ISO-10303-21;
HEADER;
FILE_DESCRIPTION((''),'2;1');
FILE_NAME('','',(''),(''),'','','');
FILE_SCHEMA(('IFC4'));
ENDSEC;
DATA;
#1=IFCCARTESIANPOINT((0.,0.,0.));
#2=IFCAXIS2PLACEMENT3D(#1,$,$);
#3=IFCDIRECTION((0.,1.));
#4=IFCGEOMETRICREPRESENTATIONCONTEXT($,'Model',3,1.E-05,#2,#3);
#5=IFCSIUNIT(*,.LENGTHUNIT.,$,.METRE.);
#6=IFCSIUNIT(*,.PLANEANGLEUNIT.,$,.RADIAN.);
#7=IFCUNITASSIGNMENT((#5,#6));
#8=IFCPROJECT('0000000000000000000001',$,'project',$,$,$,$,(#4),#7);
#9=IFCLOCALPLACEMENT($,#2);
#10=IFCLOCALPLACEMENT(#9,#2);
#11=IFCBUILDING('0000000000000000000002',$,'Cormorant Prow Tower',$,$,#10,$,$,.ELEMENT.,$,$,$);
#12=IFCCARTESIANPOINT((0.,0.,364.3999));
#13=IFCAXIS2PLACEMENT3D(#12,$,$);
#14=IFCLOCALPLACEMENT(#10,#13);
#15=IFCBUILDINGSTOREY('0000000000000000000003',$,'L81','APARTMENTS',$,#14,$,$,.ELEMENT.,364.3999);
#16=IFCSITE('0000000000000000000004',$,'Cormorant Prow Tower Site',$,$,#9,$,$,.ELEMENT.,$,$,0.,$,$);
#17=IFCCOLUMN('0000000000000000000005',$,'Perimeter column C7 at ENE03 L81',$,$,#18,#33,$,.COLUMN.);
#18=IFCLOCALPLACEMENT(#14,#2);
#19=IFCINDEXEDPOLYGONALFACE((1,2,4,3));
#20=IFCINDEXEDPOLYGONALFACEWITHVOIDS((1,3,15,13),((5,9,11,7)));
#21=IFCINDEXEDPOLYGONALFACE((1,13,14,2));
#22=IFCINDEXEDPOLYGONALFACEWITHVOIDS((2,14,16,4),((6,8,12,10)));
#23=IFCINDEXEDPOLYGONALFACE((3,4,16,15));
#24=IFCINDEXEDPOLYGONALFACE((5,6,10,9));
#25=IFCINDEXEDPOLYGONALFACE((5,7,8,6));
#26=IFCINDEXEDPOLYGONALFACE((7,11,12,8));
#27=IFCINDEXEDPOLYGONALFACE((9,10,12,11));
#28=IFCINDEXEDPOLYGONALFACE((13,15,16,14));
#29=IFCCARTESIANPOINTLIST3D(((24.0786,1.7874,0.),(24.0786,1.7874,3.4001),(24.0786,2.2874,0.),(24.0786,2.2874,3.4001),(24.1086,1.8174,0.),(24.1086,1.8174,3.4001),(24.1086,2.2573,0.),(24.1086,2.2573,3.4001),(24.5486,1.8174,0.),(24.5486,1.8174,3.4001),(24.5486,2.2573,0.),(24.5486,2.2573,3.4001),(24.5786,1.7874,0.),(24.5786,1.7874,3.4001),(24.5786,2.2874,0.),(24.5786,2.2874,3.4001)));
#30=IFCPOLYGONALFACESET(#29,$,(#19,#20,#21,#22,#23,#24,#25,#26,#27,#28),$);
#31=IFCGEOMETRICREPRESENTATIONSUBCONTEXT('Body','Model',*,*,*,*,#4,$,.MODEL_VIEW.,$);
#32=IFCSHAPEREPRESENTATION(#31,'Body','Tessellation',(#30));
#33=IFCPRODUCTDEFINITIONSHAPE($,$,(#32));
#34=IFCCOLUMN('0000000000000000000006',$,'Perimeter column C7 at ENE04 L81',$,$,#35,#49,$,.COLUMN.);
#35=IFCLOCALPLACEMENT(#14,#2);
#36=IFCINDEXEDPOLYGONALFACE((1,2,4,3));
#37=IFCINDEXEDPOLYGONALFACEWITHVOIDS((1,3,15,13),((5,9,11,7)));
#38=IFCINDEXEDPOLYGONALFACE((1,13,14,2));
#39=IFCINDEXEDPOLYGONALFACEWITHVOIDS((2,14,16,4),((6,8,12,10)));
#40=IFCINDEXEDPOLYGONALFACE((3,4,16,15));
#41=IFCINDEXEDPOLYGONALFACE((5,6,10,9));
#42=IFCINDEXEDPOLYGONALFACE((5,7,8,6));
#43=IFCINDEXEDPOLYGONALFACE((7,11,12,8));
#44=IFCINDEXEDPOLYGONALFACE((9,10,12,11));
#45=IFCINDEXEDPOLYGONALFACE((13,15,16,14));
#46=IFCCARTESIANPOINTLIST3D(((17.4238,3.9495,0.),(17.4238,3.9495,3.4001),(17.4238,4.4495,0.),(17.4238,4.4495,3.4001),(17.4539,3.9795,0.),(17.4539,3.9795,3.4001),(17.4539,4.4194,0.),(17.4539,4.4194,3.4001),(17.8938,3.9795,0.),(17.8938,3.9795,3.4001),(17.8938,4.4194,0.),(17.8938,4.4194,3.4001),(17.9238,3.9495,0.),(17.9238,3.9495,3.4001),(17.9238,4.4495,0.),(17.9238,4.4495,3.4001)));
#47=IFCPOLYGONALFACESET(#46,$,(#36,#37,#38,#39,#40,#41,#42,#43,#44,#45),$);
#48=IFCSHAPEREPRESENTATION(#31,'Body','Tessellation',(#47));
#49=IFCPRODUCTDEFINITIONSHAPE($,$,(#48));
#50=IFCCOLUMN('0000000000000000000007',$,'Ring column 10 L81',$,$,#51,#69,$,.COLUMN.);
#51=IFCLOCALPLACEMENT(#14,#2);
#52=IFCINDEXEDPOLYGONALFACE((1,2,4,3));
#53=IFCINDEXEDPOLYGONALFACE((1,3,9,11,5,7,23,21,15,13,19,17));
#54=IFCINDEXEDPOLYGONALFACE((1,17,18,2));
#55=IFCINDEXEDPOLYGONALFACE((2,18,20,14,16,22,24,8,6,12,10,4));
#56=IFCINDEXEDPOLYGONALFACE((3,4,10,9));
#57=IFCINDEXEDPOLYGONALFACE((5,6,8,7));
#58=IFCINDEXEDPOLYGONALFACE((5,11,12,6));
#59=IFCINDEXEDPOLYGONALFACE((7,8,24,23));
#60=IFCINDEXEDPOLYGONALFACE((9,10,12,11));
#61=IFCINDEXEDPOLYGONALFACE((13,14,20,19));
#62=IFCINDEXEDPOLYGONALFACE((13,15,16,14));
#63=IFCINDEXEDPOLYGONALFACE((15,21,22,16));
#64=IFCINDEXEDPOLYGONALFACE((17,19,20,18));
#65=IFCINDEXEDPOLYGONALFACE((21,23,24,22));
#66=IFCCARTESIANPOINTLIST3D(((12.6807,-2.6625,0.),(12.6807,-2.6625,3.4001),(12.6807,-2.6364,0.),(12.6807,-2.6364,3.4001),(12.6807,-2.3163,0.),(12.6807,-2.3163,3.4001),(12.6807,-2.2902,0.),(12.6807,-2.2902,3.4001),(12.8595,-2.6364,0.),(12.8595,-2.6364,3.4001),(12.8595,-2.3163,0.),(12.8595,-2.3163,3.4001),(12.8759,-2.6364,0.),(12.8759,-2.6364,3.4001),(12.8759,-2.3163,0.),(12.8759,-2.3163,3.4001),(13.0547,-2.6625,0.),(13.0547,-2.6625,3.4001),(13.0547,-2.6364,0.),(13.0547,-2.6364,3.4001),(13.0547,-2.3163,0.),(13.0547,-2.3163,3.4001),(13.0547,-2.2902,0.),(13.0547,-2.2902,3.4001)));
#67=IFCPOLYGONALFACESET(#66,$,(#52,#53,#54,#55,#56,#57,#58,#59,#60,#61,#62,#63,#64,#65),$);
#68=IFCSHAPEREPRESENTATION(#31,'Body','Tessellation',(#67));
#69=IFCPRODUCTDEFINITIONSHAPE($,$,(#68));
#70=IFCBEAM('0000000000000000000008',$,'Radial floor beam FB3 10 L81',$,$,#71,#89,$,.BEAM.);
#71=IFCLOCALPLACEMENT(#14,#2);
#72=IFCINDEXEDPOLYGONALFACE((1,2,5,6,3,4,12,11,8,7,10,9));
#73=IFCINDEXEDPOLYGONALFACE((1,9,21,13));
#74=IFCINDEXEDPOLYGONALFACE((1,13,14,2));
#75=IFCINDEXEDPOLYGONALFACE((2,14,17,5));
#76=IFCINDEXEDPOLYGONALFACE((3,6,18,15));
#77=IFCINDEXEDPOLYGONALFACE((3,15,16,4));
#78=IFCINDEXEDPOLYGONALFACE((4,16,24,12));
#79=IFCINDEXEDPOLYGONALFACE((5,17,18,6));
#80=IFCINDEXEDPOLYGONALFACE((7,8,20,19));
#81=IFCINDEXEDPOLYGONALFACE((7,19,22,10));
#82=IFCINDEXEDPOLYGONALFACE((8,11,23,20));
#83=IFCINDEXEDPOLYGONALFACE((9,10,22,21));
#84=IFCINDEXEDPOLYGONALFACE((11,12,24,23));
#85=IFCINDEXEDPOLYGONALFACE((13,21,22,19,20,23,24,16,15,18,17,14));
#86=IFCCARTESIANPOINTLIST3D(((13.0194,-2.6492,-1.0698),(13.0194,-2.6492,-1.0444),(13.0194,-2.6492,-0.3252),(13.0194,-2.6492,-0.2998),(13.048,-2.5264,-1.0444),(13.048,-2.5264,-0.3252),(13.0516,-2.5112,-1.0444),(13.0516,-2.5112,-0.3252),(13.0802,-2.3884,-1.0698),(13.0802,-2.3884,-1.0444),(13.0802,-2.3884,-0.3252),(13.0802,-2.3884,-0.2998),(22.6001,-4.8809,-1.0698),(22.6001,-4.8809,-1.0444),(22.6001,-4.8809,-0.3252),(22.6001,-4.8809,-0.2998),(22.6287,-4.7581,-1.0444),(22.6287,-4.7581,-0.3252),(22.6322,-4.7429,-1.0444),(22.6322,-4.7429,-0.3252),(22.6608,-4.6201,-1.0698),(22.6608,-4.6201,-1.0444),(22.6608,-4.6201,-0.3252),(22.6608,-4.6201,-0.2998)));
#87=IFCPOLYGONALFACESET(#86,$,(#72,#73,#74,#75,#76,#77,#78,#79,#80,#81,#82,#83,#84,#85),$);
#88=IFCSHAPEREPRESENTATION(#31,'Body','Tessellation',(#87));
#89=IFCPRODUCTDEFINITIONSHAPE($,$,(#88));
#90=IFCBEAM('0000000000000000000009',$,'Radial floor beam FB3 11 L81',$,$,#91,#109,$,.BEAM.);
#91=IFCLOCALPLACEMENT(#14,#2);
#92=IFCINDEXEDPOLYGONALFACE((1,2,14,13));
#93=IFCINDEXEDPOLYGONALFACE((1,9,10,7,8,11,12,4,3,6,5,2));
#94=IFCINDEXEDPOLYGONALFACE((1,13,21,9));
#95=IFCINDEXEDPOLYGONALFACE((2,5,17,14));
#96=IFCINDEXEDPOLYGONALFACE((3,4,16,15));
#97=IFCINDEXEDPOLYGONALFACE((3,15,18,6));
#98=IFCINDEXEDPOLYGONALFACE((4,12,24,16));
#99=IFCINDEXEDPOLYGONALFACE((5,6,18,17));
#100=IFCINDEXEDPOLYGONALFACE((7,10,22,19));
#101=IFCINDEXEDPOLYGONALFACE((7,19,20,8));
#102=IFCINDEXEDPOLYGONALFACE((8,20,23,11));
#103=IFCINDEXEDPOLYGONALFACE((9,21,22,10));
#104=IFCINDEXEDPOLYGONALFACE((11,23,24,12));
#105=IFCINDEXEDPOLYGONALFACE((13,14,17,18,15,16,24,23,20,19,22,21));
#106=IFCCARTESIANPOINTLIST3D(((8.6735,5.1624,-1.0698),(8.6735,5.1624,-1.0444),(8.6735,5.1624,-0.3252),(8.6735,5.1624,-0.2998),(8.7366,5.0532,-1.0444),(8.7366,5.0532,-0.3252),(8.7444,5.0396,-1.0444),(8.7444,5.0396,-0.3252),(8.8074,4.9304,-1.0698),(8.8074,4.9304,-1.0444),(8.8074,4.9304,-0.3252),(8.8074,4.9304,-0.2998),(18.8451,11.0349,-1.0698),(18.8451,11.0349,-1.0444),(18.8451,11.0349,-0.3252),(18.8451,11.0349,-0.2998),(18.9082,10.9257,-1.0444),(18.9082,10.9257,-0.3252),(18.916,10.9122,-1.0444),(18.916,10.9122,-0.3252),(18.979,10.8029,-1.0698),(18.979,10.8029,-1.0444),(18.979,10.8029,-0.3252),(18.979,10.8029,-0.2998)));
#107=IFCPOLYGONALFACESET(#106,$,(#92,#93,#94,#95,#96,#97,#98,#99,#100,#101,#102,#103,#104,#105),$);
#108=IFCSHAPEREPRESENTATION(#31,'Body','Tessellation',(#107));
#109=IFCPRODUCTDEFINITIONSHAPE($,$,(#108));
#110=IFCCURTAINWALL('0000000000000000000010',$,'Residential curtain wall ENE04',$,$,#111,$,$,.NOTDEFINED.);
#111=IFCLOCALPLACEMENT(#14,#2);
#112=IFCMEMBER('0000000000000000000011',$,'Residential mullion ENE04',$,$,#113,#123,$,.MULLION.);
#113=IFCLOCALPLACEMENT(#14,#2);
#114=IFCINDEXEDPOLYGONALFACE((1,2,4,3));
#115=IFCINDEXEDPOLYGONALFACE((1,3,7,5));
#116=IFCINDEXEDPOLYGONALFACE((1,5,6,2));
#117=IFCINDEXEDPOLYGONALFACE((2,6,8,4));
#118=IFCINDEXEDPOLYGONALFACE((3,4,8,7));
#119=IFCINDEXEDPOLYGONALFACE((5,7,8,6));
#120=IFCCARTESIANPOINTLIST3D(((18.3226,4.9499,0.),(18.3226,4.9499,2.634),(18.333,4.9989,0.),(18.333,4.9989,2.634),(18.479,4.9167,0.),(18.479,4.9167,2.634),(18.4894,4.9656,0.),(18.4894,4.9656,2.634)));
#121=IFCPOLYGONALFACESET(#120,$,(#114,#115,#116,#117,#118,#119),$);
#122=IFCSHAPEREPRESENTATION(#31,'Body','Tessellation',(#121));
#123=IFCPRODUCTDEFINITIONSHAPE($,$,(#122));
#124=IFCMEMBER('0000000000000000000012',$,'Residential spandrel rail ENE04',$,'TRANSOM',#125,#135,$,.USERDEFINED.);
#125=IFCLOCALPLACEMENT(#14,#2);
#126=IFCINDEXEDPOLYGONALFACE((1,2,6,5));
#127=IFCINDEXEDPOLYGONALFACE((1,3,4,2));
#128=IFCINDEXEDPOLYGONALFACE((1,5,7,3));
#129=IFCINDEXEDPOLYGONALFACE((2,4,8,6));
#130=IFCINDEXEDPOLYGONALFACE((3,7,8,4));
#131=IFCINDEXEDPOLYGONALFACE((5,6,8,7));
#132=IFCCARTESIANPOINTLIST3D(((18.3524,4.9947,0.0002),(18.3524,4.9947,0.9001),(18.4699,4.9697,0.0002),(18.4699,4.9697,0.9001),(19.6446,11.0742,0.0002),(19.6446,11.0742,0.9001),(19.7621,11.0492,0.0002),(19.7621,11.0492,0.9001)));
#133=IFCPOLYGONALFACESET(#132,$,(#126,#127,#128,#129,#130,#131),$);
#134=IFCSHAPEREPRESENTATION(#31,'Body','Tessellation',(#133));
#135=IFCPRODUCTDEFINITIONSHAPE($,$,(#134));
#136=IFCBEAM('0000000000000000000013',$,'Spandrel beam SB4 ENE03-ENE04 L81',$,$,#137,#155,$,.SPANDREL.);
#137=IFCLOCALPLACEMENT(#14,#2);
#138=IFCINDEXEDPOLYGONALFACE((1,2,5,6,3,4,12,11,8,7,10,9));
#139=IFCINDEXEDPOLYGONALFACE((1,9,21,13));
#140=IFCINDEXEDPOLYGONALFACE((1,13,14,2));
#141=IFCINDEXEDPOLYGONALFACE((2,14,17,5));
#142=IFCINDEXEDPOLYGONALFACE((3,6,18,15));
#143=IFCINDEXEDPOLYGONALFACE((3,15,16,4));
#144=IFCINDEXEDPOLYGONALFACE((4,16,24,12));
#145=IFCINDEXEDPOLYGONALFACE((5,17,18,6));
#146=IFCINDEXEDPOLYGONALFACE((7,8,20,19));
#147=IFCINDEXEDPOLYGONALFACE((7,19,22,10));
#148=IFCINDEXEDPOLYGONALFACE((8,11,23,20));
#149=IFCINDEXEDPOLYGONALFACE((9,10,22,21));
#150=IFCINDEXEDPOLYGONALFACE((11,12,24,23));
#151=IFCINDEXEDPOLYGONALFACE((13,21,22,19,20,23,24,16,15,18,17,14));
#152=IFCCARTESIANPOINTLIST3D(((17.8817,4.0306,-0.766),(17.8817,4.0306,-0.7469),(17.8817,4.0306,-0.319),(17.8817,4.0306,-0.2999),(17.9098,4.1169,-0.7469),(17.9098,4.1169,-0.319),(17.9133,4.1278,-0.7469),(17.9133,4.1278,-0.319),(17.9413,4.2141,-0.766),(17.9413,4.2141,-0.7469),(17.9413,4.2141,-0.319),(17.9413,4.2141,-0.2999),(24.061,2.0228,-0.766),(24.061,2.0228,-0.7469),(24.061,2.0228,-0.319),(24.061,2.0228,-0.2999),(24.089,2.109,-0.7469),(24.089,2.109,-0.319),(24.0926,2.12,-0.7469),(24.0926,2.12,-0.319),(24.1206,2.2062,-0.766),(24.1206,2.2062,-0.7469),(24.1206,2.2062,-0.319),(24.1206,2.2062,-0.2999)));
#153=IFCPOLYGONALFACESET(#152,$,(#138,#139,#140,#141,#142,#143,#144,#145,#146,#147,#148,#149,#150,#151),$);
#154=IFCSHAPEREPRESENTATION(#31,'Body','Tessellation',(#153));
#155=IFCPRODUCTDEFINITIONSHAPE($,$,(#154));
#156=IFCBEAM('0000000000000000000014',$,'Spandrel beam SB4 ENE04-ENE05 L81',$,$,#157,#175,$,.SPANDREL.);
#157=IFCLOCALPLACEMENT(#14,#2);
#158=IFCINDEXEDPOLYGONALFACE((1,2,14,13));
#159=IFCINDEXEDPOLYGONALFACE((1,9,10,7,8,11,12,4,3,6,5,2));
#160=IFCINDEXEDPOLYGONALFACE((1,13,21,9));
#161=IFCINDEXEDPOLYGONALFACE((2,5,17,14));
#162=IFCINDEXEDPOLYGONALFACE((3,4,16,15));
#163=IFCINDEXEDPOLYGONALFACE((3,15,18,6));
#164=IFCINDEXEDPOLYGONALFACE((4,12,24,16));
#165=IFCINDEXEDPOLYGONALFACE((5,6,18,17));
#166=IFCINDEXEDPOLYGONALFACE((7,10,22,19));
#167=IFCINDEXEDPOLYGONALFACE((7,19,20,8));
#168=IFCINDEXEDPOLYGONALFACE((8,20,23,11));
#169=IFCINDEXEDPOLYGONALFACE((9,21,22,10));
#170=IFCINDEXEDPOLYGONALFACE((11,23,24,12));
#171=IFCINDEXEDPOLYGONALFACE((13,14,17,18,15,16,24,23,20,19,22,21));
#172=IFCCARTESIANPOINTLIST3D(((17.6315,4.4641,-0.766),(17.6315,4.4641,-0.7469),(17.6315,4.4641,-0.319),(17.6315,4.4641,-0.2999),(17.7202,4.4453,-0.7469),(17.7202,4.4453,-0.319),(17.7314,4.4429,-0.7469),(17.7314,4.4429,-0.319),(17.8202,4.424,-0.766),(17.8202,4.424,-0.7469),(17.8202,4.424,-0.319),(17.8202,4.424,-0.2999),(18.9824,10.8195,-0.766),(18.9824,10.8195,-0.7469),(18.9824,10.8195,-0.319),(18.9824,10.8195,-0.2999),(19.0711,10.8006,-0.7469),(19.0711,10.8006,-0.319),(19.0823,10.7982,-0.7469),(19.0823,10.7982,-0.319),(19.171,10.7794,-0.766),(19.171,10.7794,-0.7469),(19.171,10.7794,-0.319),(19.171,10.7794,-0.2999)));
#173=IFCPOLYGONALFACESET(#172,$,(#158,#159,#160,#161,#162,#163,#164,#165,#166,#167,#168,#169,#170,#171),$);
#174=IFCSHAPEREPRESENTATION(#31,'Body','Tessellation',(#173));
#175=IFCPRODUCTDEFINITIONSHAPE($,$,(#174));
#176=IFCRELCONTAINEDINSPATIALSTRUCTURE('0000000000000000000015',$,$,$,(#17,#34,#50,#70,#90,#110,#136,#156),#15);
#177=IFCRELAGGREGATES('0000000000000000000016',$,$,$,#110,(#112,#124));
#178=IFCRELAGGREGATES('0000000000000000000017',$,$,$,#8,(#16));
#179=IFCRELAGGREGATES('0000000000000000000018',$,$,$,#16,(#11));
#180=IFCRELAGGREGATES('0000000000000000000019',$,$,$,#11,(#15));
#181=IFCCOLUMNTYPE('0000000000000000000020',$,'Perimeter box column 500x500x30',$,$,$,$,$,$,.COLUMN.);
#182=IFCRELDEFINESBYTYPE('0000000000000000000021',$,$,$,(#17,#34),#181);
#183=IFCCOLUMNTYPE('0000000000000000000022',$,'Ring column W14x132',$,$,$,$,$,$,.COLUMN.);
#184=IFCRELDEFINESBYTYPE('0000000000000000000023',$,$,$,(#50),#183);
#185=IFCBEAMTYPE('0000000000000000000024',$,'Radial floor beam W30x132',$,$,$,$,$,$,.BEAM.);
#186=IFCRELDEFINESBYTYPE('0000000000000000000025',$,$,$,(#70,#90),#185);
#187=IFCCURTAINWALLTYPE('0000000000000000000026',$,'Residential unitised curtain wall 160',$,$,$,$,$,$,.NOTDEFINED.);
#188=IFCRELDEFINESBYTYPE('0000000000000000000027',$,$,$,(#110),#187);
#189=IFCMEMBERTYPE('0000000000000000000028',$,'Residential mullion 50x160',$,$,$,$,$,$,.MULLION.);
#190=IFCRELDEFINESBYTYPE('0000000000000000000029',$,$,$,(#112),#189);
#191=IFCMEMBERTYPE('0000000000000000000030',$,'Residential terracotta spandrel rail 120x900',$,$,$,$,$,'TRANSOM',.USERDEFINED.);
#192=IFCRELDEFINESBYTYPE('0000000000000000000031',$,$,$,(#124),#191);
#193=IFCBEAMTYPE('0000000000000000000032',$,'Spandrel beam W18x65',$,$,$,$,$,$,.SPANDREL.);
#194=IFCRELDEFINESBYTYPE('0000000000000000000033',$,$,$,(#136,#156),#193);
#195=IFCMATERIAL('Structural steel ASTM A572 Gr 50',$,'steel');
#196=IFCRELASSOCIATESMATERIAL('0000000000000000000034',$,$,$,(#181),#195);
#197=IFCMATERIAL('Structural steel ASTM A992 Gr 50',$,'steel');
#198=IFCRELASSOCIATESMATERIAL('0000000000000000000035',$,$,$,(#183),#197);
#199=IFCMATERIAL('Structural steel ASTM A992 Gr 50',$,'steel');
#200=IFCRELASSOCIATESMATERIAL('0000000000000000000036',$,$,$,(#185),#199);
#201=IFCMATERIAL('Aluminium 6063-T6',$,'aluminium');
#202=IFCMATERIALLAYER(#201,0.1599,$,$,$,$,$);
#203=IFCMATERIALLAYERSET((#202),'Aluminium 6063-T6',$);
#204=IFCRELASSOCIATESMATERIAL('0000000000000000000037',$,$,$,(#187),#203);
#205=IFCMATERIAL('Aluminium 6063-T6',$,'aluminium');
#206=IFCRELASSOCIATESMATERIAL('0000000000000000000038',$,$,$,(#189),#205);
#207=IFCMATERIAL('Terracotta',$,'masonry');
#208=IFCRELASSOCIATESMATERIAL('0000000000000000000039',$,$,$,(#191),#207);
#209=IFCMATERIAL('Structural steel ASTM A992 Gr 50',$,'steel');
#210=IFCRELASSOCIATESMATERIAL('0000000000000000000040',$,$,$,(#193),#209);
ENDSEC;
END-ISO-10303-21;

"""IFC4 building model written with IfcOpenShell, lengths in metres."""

from ifc_helpers import new_model, si_unit, direction, frame, origin, origin_2d, place, context, subcontext, project, spatial, rectangle, hollow_rectangle, i_section, extrude, material, layer, layer_set, material_profile, profile_set, type_object, element, aggregate, save


model = new_model("IFC4")

# Units and contexts
model_context = context("Model", 3, precision=1e-05, world=origin(), true_north=direction((0.0, 1.0)))
body_context = subcontext(model_context, "Body", "Model", "MODEL_VIEW")
ifc_project = project(units=[si_unit("LENGTHUNIT", "METRE"), si_unit("PLANEANGLEUNIT", "RADIAN")], contexts=[model_context])

# Site, building, storey
site_placement = place(None, origin())
site = spatial("IfcSite", under=ifc_project, at=site_placement, Name="Cormorant Prow Tower Site", CompositionType="ELEMENT", RefElevation=0.0)
building_placement = place(site_placement, origin())
building = spatial("IfcBuilding", under=site, at=building_placement, Name="Cormorant Prow Tower", CompositionType="ELEMENT")
storey_placement = place(building_placement, frame((0.0, 0.0, 364.3999)))
storey = spatial("IfcBuildingStorey", under=building, at=storey_placement, Name="L81", Description="APARTMENTS", CompositionType="ELEMENT", Elevation=364.3999)

# Columns
ifc_material_1 = material(Name="Structural steel ASTM A572 Gr 50", Category="steel")
ifc_material_profile_1 = material_profile(ifc_material_1, hollow_rectangle(XDim=0.5, YDim=0.5, WallThickness=0.03, at=origin_2d()), Name="Box 500x500x30")
ifc_profile_set_1 = profile_set([ifc_material_profile_1], Name="Structural steel ASTM A572 Gr 50")
column_type_1 = type_object("IfcColumnType", Name="Perimeter box column 500x500x30", PredefinedType="COLUMN", material=ifc_profile_set_1)
for number, where, z_axis, x_axis, name in (
    (1, (24.3286, 2.0374, 0.0), (0.0, 0.0, 1.0), (1.0, 0.0, 0.0), "Perimeter column C7 at ENE03 L81"),
    (2, (17.6738, 4.1995, 0.0), (0.0, 0.0, 1.0), (1.0, 0.0, 0.0), "Perimeter column C7 at ENE04 L81"),
):
    element("IfcColumn", number, at=place(storey_placement, frame(where, z_axis=z_axis, x_axis=x_axis)), inside=storey, type_object=column_type_1, Name=name, PredefinedType="COLUMN", context=body_context, shape_type="SweptSolid", body=[
        extrude(hollow_rectangle(XDim=0.5, YDim=0.5, WallThickness=0.03, at=origin_2d()), origin(), (0.0, 0.0, 1.0), 3.4001),
    ])
ifc_material_2 = material(Name="Structural steel ASTM A992 Gr 50", Category="steel")
ifc_material_profile_2 = material_profile(ifc_material_2, i_section(OverallWidth=0.374, OverallDepth=0.3723, WebThickness=0.0164, FlangeThickness=0.0261, at=origin_2d()), Name="W14x132")
ifc_profile_set_2 = profile_set([ifc_material_profile_2], Name="Structural steel ASTM A992 Gr 50")
column_type_2 = type_object("IfcColumnType", Name="Ring column W14x132", PredefinedType="COLUMN", material=ifc_profile_set_2)
column_placement = place(storey_placement, frame((12.8677, -2.4763, 0.0), z_axis=(0.0, 0.0, 1.0), x_axis=(1.0, 0.0, 0.0)))
element("IfcColumn", 3, at=column_placement, inside=storey, type_object=column_type_2, Name="Ring column 10 L81", PredefinedType="COLUMN", context=body_context, shape_type="SweptSolid", body=[
    extrude(i_section(OverallWidth=0.374, OverallDepth=0.3723, WebThickness=0.0164, FlangeThickness=0.0261, at=origin_2d()), origin(), (0.0, 0.0, 1.0), 3.4001),
])

# Beams
ifc_material_3 = material(Name="Structural steel ASTM A992 Gr 50", Category="steel")
ifc_material_profile_3 = material_profile(ifc_material_3, i_section(OverallWidth=0.2678, OverallDepth=0.77, WebThickness=0.0156, FlangeThickness=0.0254, at=origin_2d()), Name="W30x132")
ifc_profile_set_3 = profile_set([ifc_material_profile_3], Name="Structural steel ASTM A992 Gr 50")
beam_type_1 = type_object("IfcBeamType", Name="Radial floor beam W30x132", PredefinedType="BEAM", material=ifc_profile_set_3)
beam_1_placement = place(storey_placement, frame((13.0498, -2.5188, -0.6848), z_axis=(0.973926, -0.226866, 0.0), x_axis=(0.226866, 0.973926, 0.0)))
element("IfcBeam", 4, at=beam_1_placement, inside=storey, type_object=beam_type_1, Name="Radial floor beam FB3 10 L81", PredefinedType="BEAM", context=body_context, shape_type="SweptSolid", body=[
    extrude(i_section(OverallWidth=0.2678, OverallDepth=0.77, WebThickness=0.0156, FlangeThickness=0.0254, at=origin_2d()), origin(), (0.0, 0.0, 1.0), 9.8372),
])
beam_2_placement = place(storey_placement, frame((8.7405, 5.0464, -0.6848), z_axis=(0.866027, 0.499998, 0.0), x_axis=(-0.499998, 0.866027, 0.0)))
element("IfcBeam", 5, at=beam_2_placement, inside=storey, type_object=beam_type_1, Name="Radial floor beam FB3 11 L81", PredefinedType="BEAM", context=body_context, shape_type="SweptSolid", body=[
    extrude(i_section(OverallWidth=0.2678, OverallDepth=0.77, WebThickness=0.0156, FlangeThickness=0.0254, at=origin_2d()), origin(), (0.0, 0.0, 1.0), 11.7451),
])

# Curtain wall, members
ifc_material_4 = material(Name="Aluminium 6063-T6", Category="aluminium")
ifc_layer_1 = layer(ifc_material_4, 0.1599)
ifc_layer_set_1 = layer_set([ifc_layer_1], Name="Aluminium 6063-T6")
curtain_wall_type = type_object("IfcCurtainWallType", Name="Residential unitised curtain wall 160", PredefinedType="NOTDEFINED", material=ifc_layer_set_1)
curtain_wall_1_placement = place(storey_placement, origin())
curtain_wall_1 = element("IfcCurtainWall", 6, at=curtain_wall_1_placement, inside=storey, type_object=curtain_wall_type, Name="Residential curtain wall ENE04", PredefinedType="NOTDEFINED")
ifc_material_5 = material(Name="Aluminium 6063-T6", Category="aluminium")
ifc_material_profile_4 = material_profile(ifc_material_5, rectangle(XDim=0.1599, YDim=0.05, at=origin_2d()), Name="Residential mullion 50x160")
ifc_profile_set_4 = profile_set([ifc_material_profile_4], Name="Aluminium 6063-T6")
member_type_1 = type_object("IfcMemberType", Name="Residential mullion 50x160", PredefinedType="MULLION", material=ifc_profile_set_4)
member_1_placement = place(storey_placement, frame((18.406, 4.9578, 0.0), z_axis=(0.0, 0.0, 1.0), x_axis=(-0.978148, 0.207912, 0.0)))
member_1 = element("IfcMember", 7, at=member_1_placement, type_object=member_type_1, Name="Residential mullion ENE04", PredefinedType="MULLION", context=body_context, shape_type="SweptSolid", body=[
    extrude(rectangle(XDim=0.1599, YDim=0.05, at=origin_2d()), origin(), (0.0, 0.0, 1.0), 2.634),
])
ifc_material_6 = material(Name="Terracotta", Category="masonry")
ifc_material_profile_5 = material_profile(ifc_material_6, rectangle(XDim=0.1201, YDim=0.8999, at=origin_2d()), Name="Residential terracotta spandrel rail 120x900")
ifc_profile_set_5 = profile_set([ifc_material_profile_5], Name="Terracotta")
member_type_2 = type_object("IfcMemberType", Name="Residential terracotta spandrel rail 120x900", ElementType="TRANSOM", PredefinedType="USERDEFINED", material=ifc_profile_set_5)
member_2_placement = place(storey_placement, frame((18.4111, 4.9822, 0.4502), z_axis=(0.207909, 0.978148, 0.0), x_axis=(-0.978148, 0.207909, 0.0)))
member_2 = element("IfcMember", 8, at=member_2_placement, type_object=member_type_2, Name="Residential spandrel rail ENE04", ObjectType="TRANSOM", PredefinedType="USERDEFINED", context=body_context, shape_type="SweptSolid", body=[
    extrude(rectangle(XDim=0.1201, YDim=0.8999, at=origin_2d()), origin(), (0.0, 0.0, 1.0), 6.2153),
])

# Beams
ifc_material_7 = material(Name="Structural steel ASTM A992 Gr 50", Category="steel")
ifc_material_profile_6 = material_profile(ifc_material_7, i_section(OverallWidth=0.1929, OverallDepth=0.4661, WebThickness=0.0115, FlangeThickness=0.019, at=origin_2d()), Name="W18x65")
ifc_profile_set_6 = profile_set([ifc_material_profile_6], Name="Structural steel ASTM A992 Gr 50")
beam_type_2 = type_object("IfcBeamType", Name="Spandrel beam W18x65", PredefinedType="SPANDREL", material=ifc_profile_set_6)
for number, where, z_axis, x_axis, name in (
    (9, (24.0908, 2.1145, -0.533), (-0.951053, 0.309027, 0.0), (-0.309027, -0.951053, 0.0), "Spandrel beam SB4 ENE03-ENE04 L81"),
    (10, (17.7258, 4.4441, -0.533), (0.20791, 0.978148, 0.0), (-0.978148, 0.20791, 0.0), "Spandrel beam SB4 ENE04-ENE05 L81"),
):
    element("IfcBeam", number, at=place(storey_placement, frame(where, z_axis=z_axis, x_axis=x_axis)), inside=storey, type_object=beam_type_2, Name=name, PredefinedType="SPANDREL", context=body_context, shape_type="SweptSolid", body=[
        extrude(i_section(OverallWidth=0.1929, OverallDepth=0.4661, WebThickness=0.0115, FlangeThickness=0.019, at=origin_2d()), origin(), (0.0, 0.0, 1.0), 6.4973),
    ])

aggregate(curtain_wall_1, [member_1, member_2])

save(model, "model.ifc")
